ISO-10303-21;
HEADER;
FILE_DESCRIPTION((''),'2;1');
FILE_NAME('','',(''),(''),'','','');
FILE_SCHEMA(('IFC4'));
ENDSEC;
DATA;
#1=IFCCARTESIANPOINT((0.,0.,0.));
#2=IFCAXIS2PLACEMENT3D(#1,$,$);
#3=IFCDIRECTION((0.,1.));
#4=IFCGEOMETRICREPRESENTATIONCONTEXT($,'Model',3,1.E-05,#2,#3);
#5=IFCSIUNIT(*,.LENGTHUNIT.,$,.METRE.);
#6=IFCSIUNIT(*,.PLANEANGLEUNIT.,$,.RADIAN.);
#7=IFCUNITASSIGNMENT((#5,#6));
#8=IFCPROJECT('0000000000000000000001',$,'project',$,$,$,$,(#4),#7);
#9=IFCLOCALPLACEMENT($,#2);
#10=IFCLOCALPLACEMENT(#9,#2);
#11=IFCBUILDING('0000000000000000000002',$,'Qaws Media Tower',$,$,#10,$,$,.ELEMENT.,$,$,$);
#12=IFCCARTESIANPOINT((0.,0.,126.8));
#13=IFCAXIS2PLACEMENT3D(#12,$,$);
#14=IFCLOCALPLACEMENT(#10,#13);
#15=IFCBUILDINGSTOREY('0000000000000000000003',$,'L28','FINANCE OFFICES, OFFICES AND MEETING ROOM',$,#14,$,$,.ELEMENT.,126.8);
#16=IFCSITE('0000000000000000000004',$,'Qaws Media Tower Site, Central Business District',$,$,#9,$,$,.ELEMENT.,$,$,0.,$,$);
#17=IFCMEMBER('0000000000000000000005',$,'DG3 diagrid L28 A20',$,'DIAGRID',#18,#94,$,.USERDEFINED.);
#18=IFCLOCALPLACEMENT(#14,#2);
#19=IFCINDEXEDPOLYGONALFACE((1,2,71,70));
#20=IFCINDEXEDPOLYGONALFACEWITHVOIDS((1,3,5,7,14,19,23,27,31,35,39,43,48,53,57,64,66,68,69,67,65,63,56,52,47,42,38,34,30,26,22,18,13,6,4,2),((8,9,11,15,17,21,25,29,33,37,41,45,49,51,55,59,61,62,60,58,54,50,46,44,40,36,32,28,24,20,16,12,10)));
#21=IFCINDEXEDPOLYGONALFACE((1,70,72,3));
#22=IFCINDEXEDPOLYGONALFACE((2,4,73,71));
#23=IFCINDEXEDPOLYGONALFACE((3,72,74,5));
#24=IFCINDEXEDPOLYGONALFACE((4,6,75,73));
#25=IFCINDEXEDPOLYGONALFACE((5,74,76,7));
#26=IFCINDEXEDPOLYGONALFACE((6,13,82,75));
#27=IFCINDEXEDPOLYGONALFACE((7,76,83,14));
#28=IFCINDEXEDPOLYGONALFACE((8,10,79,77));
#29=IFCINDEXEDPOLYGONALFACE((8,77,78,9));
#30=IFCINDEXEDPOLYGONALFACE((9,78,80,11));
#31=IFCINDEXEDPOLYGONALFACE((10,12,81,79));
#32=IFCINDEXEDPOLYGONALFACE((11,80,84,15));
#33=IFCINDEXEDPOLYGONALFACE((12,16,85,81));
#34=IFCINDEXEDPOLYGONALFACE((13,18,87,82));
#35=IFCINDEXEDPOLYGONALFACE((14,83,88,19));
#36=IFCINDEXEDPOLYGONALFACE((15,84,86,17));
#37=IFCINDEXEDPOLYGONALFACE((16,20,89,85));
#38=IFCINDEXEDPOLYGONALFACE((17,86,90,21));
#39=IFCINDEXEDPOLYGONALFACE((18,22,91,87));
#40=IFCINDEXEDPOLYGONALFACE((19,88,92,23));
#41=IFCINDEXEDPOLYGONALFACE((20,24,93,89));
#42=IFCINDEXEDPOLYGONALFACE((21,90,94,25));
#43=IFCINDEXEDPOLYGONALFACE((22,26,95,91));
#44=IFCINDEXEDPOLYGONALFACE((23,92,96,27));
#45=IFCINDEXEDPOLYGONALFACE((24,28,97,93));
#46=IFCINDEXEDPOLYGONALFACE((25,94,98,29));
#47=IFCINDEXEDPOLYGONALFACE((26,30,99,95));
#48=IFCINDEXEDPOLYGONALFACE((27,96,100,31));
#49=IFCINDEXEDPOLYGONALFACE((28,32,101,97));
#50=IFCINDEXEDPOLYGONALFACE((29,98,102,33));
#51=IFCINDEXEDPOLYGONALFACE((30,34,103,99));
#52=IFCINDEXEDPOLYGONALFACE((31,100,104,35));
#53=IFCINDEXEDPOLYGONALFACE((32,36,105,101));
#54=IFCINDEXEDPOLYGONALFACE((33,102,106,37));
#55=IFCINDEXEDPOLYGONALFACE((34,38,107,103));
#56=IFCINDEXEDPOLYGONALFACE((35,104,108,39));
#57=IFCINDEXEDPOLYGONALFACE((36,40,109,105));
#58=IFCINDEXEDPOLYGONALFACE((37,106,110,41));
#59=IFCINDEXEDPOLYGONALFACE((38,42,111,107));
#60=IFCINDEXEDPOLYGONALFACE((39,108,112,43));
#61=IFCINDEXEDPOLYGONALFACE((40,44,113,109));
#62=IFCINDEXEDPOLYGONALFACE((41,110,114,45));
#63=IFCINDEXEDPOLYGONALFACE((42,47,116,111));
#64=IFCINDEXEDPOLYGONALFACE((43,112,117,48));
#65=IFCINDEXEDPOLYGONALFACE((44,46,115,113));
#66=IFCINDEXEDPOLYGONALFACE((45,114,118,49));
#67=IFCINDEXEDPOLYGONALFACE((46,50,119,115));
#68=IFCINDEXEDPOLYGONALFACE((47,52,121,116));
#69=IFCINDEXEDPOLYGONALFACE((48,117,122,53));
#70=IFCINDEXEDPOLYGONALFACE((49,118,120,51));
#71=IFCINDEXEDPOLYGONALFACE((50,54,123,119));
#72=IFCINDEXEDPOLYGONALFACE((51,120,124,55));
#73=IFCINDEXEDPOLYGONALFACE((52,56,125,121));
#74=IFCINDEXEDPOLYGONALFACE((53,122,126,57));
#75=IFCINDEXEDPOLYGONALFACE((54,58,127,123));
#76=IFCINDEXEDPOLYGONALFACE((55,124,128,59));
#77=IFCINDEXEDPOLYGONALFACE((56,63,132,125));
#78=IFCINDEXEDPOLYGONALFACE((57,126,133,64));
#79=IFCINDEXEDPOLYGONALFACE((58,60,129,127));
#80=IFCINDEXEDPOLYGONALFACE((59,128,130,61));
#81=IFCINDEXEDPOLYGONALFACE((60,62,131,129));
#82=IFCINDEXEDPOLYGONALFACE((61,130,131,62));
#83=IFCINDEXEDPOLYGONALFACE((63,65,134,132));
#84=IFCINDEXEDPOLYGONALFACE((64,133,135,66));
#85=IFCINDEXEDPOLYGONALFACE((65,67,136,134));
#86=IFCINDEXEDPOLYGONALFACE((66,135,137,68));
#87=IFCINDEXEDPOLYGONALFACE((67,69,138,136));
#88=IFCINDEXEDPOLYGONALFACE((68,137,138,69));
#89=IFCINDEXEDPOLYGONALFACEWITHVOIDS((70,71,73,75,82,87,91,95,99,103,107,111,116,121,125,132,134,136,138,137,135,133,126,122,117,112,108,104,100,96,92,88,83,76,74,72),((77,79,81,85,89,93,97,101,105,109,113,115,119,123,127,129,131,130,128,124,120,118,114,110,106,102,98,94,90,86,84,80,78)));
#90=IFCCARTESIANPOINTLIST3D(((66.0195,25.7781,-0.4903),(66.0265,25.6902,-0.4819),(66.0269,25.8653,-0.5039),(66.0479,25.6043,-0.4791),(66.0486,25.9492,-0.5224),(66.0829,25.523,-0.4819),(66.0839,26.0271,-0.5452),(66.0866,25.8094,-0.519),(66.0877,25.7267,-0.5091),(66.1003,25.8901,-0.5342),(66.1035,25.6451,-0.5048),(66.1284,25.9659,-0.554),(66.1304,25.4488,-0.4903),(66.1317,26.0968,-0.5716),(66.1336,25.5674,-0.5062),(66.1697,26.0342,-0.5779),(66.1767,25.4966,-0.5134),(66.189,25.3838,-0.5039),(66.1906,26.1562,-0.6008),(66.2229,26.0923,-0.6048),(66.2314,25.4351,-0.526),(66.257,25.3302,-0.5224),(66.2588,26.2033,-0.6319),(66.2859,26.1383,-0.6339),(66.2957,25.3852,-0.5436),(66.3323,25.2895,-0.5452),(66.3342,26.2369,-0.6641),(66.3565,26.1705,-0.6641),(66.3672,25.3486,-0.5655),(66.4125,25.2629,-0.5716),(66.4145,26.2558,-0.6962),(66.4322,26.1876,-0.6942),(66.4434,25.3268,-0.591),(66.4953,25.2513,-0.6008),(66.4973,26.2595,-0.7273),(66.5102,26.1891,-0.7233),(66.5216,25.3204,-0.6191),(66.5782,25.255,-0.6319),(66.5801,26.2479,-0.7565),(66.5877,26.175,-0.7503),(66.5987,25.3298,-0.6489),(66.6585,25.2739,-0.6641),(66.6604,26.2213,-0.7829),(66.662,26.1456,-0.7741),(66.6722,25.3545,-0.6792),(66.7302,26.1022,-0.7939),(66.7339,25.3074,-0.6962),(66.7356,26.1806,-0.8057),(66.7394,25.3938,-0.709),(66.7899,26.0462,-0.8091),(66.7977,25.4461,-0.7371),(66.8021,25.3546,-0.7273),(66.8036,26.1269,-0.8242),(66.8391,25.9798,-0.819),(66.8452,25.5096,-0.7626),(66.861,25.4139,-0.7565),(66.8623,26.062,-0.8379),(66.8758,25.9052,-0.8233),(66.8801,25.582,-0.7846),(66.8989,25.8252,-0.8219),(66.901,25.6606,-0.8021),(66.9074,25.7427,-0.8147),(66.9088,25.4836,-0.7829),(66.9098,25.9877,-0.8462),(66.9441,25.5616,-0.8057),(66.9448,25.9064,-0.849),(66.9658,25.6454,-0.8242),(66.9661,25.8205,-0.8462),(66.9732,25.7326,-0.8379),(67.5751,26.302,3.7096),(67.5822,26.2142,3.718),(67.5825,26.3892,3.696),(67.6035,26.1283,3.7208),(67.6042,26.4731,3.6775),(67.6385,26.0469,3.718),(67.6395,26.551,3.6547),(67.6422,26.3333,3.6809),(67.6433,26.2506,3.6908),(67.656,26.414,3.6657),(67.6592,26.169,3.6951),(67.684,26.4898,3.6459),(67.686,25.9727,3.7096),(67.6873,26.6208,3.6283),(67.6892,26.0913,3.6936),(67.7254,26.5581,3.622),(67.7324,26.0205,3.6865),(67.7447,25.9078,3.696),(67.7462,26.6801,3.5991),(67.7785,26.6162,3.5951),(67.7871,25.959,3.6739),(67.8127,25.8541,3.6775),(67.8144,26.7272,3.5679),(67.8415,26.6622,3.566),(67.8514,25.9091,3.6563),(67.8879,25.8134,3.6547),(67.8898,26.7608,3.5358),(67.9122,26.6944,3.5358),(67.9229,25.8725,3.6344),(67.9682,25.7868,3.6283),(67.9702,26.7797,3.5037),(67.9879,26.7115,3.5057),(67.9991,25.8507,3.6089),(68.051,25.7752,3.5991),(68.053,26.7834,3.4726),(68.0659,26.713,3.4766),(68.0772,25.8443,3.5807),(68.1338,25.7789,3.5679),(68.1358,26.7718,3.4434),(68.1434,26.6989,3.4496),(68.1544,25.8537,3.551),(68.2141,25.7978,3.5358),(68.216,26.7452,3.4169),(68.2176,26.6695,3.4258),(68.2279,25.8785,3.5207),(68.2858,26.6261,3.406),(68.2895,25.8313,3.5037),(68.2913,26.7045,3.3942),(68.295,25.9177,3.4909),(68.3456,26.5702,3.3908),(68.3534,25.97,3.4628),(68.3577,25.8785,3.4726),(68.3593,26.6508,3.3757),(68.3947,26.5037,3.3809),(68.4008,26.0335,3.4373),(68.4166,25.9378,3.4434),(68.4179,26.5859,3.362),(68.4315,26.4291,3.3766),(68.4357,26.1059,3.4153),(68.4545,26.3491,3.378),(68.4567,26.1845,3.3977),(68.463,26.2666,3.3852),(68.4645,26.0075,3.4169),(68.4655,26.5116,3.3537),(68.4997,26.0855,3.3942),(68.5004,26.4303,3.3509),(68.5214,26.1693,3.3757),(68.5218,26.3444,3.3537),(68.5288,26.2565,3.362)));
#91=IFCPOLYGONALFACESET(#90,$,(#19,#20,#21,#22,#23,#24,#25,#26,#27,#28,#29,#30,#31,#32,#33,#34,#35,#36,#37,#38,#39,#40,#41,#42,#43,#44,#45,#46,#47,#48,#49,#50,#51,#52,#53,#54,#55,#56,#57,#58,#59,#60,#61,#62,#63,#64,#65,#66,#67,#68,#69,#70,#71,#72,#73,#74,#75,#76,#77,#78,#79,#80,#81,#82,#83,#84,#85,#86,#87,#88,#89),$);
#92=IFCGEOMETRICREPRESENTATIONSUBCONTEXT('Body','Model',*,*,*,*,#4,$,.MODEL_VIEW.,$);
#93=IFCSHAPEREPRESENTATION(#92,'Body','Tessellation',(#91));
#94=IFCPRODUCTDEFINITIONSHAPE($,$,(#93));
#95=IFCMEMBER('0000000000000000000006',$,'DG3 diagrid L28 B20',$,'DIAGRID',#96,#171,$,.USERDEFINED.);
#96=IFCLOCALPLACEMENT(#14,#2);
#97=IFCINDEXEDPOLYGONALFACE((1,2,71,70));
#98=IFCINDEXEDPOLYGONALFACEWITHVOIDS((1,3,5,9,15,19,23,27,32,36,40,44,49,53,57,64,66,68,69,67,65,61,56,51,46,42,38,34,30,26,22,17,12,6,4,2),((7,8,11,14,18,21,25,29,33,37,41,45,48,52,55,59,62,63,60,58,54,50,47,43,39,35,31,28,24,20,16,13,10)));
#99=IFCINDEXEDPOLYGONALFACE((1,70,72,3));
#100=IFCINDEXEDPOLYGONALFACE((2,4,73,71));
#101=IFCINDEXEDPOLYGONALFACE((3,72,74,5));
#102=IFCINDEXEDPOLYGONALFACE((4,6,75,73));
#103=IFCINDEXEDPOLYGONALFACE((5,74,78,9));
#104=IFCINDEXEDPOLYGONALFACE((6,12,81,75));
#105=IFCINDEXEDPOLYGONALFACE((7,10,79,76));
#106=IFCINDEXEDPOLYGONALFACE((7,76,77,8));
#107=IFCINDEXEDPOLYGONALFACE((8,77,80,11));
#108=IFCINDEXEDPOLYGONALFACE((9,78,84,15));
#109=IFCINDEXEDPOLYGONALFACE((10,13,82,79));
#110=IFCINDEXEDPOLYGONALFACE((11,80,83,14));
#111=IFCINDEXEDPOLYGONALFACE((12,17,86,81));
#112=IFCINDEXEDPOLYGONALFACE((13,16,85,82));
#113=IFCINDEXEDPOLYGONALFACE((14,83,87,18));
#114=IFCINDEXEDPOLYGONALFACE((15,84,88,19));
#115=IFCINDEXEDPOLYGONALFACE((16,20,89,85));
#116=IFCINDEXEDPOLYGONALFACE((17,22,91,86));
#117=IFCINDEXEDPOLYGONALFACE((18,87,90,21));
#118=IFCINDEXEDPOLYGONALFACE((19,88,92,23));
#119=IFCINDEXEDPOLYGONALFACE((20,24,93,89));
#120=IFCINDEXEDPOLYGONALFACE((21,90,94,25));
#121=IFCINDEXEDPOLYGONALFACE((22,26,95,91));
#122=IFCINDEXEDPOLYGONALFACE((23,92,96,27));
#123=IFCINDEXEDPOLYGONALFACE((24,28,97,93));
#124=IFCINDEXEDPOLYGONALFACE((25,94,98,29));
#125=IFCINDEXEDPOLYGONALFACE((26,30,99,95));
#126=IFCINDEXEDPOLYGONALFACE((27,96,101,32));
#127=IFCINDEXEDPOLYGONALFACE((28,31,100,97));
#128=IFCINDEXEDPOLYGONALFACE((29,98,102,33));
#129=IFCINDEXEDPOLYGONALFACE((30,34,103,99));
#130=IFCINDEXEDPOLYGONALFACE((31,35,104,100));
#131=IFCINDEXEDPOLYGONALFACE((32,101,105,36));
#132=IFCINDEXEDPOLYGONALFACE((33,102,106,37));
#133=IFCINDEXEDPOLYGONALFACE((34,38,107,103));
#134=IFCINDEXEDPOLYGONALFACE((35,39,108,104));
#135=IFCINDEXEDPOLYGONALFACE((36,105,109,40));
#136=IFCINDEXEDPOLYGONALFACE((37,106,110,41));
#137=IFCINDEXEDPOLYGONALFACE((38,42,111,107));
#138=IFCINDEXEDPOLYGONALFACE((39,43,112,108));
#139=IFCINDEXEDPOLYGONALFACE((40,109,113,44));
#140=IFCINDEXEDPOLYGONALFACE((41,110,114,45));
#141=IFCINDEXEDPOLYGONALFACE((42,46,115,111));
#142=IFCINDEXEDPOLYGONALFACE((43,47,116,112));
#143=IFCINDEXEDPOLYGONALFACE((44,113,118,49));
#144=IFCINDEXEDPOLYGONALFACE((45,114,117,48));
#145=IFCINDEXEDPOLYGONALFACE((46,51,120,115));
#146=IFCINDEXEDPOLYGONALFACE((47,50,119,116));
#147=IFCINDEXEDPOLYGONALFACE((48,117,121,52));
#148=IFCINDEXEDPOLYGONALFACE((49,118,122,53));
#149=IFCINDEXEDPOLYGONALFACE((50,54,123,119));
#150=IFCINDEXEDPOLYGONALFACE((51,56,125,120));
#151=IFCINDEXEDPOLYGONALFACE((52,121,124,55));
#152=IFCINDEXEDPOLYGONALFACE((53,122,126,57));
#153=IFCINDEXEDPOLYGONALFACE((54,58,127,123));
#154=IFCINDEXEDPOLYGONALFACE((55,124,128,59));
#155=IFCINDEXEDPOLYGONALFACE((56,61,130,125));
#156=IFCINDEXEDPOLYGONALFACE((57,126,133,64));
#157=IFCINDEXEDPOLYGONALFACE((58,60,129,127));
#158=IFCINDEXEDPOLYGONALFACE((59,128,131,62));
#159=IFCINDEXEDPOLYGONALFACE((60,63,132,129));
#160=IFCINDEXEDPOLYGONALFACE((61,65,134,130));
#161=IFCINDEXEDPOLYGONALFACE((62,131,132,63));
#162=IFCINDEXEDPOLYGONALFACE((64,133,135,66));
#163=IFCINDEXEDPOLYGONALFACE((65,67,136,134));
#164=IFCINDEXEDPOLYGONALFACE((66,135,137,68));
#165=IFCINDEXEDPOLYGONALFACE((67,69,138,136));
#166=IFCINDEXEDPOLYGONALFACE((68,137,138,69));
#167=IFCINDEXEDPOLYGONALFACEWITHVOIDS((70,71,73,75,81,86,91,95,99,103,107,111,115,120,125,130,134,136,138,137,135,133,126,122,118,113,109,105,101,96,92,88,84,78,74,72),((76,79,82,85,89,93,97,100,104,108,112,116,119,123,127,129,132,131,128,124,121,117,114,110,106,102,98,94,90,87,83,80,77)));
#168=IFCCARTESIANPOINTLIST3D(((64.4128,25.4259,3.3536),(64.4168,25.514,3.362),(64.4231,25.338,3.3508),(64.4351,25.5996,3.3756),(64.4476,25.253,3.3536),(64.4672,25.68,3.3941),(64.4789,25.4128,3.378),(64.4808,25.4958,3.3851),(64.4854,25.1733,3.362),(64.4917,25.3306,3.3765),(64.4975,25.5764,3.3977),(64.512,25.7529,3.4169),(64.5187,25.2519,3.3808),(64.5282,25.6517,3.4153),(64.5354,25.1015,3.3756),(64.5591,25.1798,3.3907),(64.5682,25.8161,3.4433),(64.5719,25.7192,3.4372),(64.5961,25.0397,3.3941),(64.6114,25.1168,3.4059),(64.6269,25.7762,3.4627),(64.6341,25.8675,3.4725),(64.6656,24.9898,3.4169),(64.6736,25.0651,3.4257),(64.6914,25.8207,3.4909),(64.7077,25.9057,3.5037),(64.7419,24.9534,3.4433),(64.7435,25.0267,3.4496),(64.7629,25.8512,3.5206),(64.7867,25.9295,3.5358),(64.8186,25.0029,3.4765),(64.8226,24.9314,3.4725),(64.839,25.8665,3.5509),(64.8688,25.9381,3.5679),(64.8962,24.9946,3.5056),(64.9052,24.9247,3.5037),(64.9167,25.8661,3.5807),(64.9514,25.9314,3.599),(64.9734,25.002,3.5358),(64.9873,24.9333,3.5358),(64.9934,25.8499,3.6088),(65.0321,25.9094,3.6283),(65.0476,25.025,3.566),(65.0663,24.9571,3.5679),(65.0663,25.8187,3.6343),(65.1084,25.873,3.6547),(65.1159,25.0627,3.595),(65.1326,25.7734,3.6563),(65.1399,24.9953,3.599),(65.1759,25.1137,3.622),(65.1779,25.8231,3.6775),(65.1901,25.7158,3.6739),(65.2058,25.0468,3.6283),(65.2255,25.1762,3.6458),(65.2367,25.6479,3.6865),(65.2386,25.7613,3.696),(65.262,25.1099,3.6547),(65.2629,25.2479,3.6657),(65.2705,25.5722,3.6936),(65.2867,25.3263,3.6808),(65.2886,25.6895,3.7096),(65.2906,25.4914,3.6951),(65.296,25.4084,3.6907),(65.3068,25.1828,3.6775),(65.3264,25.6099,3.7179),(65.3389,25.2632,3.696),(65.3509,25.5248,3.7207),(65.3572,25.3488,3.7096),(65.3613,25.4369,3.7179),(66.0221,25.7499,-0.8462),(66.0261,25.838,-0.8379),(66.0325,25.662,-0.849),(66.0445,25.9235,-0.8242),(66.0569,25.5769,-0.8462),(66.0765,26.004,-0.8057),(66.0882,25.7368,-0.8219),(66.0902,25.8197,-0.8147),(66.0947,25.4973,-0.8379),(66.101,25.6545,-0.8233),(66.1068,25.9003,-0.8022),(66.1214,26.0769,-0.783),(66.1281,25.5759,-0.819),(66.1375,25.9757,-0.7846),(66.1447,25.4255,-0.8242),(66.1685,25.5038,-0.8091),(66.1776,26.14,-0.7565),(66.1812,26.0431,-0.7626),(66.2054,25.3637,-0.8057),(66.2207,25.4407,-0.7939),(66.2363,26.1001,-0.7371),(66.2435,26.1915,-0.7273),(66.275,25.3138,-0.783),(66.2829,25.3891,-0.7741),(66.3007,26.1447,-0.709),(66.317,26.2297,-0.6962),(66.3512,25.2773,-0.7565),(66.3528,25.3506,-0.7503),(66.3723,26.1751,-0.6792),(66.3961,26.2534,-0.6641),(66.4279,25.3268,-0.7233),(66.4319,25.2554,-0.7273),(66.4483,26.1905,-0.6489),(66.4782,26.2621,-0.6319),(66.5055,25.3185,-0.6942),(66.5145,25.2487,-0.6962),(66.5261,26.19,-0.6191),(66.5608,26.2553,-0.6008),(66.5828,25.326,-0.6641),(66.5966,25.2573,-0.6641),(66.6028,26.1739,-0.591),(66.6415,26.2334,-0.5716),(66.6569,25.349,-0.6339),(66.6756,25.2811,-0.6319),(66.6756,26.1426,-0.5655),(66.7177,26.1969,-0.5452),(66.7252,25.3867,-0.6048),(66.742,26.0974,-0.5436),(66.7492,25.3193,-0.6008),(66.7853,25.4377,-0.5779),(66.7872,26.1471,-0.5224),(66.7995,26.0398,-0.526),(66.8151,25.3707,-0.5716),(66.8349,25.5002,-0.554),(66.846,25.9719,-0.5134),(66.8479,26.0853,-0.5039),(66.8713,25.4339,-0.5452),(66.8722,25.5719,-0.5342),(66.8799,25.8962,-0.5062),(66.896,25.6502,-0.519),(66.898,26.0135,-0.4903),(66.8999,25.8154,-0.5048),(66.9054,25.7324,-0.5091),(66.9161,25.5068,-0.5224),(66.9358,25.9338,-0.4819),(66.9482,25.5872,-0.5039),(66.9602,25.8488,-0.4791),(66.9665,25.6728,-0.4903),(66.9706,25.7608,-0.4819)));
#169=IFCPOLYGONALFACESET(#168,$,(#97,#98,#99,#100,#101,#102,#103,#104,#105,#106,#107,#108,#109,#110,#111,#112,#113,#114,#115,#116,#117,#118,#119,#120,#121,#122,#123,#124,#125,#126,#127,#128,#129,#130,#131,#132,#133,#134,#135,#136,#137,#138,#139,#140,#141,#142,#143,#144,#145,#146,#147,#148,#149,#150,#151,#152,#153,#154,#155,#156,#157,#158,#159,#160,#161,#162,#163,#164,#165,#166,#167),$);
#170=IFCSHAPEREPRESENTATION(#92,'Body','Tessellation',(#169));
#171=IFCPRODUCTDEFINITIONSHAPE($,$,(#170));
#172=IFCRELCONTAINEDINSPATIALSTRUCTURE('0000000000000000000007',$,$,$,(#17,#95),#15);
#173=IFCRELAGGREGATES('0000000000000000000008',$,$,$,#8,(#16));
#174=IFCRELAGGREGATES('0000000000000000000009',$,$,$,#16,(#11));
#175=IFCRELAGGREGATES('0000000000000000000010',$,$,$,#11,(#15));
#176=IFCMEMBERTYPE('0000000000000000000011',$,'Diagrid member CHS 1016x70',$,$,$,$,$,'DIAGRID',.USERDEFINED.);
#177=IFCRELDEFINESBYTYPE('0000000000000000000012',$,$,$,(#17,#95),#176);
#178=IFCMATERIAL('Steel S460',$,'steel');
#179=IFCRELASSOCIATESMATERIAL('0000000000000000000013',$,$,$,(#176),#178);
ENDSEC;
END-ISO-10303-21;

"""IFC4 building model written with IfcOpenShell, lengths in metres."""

from ifc_helpers import new_model, si_unit, direction, frame, origin, origin_2d, place, context, subcontext, project, spatial, hollow_circle, extrude, material, material_profile, profile_set, type_object, element, save


model = new_model("IFC4")

# Units and contexts
model_context = context("Model", 3, precision=1e-05, world=origin(), true_north=direction((0.0, 1.0)))
body_context = subcontext(model_context, "Body", "Model", "MODEL_VIEW")
ifc_project = project(units=[si_unit("LENGTHUNIT", "METRE"), si_unit("PLANEANGLEUNIT", "RADIAN")], contexts=[model_context])

# Site, building, storey
site_placement = place(None, origin())
site = spatial("IfcSite", under=ifc_project, at=site_placement, Name="Qaws Media Tower Site, Central Business District", CompositionType="ELEMENT", RefElevation=0.0)
building_placement = place(site_placement, origin())
building = spatial("IfcBuilding", under=site, at=building_placement, Name="Qaws Media Tower", CompositionType="ELEMENT")
storey_placement = place(building_placement, frame((0.0, 0.0, 126.8)))
storey = spatial("IfcBuildingStorey", under=building, at=storey_placement, Name="L28", Description="FINANCE OFFICES, OFFICES AND MEETING ROOM", CompositionType="ELEMENT", Elevation=126.8)

# Members
ifc_material_1 = material(Name="Steel S460", Category="steel")
ifc_material_profile_1 = material_profile(ifc_material_1, hollow_circle(Radius=0.5081, WallThickness=0.0701, at=origin_2d()), Name="CHS 1016x70")
ifc_profile_set_1 = profile_set([ifc_material_profile_1], Name="Steel S460")
member_type_1 = type_object("IfcMemberType", Name="Diagrid member CHS 1016x70", ElementType="DIAGRID", PredefinedType="USERDEFINED", material=ifc_profile_set_1)
for number, where, z_axis, x_axis, name in (
    (1, (66.4963, 25.7554, -0.6641), (0.344987, 0.116187, 0.931389), (-0.319171, 0.947697, 0.0), "DG3 diagrid L28 A20"),
    (2, (66.4963, 25.7554, -0.6641), (-0.356894, -0.071844, 0.931378), (0.197346, -0.980334, 0.0), "DG3 diagrid L28 B20"),
):
    element("IfcMember", number, at=place(storey_placement, frame(where, z_axis=z_axis, x_axis=x_axis)), inside=storey, type_object=member_type_1, Name=name, ObjectType="DIAGRID", PredefinedType="USERDEFINED", context=body_context, shape_type="SweptSolid", body=[
        extrude(hollow_circle(Radius=0.5081, WallThickness=0.0701, at=origin_2d()), origin(), (0.0, 0.0, 1.0), 4.5093),
    ])

save(model, "model.ifc")
